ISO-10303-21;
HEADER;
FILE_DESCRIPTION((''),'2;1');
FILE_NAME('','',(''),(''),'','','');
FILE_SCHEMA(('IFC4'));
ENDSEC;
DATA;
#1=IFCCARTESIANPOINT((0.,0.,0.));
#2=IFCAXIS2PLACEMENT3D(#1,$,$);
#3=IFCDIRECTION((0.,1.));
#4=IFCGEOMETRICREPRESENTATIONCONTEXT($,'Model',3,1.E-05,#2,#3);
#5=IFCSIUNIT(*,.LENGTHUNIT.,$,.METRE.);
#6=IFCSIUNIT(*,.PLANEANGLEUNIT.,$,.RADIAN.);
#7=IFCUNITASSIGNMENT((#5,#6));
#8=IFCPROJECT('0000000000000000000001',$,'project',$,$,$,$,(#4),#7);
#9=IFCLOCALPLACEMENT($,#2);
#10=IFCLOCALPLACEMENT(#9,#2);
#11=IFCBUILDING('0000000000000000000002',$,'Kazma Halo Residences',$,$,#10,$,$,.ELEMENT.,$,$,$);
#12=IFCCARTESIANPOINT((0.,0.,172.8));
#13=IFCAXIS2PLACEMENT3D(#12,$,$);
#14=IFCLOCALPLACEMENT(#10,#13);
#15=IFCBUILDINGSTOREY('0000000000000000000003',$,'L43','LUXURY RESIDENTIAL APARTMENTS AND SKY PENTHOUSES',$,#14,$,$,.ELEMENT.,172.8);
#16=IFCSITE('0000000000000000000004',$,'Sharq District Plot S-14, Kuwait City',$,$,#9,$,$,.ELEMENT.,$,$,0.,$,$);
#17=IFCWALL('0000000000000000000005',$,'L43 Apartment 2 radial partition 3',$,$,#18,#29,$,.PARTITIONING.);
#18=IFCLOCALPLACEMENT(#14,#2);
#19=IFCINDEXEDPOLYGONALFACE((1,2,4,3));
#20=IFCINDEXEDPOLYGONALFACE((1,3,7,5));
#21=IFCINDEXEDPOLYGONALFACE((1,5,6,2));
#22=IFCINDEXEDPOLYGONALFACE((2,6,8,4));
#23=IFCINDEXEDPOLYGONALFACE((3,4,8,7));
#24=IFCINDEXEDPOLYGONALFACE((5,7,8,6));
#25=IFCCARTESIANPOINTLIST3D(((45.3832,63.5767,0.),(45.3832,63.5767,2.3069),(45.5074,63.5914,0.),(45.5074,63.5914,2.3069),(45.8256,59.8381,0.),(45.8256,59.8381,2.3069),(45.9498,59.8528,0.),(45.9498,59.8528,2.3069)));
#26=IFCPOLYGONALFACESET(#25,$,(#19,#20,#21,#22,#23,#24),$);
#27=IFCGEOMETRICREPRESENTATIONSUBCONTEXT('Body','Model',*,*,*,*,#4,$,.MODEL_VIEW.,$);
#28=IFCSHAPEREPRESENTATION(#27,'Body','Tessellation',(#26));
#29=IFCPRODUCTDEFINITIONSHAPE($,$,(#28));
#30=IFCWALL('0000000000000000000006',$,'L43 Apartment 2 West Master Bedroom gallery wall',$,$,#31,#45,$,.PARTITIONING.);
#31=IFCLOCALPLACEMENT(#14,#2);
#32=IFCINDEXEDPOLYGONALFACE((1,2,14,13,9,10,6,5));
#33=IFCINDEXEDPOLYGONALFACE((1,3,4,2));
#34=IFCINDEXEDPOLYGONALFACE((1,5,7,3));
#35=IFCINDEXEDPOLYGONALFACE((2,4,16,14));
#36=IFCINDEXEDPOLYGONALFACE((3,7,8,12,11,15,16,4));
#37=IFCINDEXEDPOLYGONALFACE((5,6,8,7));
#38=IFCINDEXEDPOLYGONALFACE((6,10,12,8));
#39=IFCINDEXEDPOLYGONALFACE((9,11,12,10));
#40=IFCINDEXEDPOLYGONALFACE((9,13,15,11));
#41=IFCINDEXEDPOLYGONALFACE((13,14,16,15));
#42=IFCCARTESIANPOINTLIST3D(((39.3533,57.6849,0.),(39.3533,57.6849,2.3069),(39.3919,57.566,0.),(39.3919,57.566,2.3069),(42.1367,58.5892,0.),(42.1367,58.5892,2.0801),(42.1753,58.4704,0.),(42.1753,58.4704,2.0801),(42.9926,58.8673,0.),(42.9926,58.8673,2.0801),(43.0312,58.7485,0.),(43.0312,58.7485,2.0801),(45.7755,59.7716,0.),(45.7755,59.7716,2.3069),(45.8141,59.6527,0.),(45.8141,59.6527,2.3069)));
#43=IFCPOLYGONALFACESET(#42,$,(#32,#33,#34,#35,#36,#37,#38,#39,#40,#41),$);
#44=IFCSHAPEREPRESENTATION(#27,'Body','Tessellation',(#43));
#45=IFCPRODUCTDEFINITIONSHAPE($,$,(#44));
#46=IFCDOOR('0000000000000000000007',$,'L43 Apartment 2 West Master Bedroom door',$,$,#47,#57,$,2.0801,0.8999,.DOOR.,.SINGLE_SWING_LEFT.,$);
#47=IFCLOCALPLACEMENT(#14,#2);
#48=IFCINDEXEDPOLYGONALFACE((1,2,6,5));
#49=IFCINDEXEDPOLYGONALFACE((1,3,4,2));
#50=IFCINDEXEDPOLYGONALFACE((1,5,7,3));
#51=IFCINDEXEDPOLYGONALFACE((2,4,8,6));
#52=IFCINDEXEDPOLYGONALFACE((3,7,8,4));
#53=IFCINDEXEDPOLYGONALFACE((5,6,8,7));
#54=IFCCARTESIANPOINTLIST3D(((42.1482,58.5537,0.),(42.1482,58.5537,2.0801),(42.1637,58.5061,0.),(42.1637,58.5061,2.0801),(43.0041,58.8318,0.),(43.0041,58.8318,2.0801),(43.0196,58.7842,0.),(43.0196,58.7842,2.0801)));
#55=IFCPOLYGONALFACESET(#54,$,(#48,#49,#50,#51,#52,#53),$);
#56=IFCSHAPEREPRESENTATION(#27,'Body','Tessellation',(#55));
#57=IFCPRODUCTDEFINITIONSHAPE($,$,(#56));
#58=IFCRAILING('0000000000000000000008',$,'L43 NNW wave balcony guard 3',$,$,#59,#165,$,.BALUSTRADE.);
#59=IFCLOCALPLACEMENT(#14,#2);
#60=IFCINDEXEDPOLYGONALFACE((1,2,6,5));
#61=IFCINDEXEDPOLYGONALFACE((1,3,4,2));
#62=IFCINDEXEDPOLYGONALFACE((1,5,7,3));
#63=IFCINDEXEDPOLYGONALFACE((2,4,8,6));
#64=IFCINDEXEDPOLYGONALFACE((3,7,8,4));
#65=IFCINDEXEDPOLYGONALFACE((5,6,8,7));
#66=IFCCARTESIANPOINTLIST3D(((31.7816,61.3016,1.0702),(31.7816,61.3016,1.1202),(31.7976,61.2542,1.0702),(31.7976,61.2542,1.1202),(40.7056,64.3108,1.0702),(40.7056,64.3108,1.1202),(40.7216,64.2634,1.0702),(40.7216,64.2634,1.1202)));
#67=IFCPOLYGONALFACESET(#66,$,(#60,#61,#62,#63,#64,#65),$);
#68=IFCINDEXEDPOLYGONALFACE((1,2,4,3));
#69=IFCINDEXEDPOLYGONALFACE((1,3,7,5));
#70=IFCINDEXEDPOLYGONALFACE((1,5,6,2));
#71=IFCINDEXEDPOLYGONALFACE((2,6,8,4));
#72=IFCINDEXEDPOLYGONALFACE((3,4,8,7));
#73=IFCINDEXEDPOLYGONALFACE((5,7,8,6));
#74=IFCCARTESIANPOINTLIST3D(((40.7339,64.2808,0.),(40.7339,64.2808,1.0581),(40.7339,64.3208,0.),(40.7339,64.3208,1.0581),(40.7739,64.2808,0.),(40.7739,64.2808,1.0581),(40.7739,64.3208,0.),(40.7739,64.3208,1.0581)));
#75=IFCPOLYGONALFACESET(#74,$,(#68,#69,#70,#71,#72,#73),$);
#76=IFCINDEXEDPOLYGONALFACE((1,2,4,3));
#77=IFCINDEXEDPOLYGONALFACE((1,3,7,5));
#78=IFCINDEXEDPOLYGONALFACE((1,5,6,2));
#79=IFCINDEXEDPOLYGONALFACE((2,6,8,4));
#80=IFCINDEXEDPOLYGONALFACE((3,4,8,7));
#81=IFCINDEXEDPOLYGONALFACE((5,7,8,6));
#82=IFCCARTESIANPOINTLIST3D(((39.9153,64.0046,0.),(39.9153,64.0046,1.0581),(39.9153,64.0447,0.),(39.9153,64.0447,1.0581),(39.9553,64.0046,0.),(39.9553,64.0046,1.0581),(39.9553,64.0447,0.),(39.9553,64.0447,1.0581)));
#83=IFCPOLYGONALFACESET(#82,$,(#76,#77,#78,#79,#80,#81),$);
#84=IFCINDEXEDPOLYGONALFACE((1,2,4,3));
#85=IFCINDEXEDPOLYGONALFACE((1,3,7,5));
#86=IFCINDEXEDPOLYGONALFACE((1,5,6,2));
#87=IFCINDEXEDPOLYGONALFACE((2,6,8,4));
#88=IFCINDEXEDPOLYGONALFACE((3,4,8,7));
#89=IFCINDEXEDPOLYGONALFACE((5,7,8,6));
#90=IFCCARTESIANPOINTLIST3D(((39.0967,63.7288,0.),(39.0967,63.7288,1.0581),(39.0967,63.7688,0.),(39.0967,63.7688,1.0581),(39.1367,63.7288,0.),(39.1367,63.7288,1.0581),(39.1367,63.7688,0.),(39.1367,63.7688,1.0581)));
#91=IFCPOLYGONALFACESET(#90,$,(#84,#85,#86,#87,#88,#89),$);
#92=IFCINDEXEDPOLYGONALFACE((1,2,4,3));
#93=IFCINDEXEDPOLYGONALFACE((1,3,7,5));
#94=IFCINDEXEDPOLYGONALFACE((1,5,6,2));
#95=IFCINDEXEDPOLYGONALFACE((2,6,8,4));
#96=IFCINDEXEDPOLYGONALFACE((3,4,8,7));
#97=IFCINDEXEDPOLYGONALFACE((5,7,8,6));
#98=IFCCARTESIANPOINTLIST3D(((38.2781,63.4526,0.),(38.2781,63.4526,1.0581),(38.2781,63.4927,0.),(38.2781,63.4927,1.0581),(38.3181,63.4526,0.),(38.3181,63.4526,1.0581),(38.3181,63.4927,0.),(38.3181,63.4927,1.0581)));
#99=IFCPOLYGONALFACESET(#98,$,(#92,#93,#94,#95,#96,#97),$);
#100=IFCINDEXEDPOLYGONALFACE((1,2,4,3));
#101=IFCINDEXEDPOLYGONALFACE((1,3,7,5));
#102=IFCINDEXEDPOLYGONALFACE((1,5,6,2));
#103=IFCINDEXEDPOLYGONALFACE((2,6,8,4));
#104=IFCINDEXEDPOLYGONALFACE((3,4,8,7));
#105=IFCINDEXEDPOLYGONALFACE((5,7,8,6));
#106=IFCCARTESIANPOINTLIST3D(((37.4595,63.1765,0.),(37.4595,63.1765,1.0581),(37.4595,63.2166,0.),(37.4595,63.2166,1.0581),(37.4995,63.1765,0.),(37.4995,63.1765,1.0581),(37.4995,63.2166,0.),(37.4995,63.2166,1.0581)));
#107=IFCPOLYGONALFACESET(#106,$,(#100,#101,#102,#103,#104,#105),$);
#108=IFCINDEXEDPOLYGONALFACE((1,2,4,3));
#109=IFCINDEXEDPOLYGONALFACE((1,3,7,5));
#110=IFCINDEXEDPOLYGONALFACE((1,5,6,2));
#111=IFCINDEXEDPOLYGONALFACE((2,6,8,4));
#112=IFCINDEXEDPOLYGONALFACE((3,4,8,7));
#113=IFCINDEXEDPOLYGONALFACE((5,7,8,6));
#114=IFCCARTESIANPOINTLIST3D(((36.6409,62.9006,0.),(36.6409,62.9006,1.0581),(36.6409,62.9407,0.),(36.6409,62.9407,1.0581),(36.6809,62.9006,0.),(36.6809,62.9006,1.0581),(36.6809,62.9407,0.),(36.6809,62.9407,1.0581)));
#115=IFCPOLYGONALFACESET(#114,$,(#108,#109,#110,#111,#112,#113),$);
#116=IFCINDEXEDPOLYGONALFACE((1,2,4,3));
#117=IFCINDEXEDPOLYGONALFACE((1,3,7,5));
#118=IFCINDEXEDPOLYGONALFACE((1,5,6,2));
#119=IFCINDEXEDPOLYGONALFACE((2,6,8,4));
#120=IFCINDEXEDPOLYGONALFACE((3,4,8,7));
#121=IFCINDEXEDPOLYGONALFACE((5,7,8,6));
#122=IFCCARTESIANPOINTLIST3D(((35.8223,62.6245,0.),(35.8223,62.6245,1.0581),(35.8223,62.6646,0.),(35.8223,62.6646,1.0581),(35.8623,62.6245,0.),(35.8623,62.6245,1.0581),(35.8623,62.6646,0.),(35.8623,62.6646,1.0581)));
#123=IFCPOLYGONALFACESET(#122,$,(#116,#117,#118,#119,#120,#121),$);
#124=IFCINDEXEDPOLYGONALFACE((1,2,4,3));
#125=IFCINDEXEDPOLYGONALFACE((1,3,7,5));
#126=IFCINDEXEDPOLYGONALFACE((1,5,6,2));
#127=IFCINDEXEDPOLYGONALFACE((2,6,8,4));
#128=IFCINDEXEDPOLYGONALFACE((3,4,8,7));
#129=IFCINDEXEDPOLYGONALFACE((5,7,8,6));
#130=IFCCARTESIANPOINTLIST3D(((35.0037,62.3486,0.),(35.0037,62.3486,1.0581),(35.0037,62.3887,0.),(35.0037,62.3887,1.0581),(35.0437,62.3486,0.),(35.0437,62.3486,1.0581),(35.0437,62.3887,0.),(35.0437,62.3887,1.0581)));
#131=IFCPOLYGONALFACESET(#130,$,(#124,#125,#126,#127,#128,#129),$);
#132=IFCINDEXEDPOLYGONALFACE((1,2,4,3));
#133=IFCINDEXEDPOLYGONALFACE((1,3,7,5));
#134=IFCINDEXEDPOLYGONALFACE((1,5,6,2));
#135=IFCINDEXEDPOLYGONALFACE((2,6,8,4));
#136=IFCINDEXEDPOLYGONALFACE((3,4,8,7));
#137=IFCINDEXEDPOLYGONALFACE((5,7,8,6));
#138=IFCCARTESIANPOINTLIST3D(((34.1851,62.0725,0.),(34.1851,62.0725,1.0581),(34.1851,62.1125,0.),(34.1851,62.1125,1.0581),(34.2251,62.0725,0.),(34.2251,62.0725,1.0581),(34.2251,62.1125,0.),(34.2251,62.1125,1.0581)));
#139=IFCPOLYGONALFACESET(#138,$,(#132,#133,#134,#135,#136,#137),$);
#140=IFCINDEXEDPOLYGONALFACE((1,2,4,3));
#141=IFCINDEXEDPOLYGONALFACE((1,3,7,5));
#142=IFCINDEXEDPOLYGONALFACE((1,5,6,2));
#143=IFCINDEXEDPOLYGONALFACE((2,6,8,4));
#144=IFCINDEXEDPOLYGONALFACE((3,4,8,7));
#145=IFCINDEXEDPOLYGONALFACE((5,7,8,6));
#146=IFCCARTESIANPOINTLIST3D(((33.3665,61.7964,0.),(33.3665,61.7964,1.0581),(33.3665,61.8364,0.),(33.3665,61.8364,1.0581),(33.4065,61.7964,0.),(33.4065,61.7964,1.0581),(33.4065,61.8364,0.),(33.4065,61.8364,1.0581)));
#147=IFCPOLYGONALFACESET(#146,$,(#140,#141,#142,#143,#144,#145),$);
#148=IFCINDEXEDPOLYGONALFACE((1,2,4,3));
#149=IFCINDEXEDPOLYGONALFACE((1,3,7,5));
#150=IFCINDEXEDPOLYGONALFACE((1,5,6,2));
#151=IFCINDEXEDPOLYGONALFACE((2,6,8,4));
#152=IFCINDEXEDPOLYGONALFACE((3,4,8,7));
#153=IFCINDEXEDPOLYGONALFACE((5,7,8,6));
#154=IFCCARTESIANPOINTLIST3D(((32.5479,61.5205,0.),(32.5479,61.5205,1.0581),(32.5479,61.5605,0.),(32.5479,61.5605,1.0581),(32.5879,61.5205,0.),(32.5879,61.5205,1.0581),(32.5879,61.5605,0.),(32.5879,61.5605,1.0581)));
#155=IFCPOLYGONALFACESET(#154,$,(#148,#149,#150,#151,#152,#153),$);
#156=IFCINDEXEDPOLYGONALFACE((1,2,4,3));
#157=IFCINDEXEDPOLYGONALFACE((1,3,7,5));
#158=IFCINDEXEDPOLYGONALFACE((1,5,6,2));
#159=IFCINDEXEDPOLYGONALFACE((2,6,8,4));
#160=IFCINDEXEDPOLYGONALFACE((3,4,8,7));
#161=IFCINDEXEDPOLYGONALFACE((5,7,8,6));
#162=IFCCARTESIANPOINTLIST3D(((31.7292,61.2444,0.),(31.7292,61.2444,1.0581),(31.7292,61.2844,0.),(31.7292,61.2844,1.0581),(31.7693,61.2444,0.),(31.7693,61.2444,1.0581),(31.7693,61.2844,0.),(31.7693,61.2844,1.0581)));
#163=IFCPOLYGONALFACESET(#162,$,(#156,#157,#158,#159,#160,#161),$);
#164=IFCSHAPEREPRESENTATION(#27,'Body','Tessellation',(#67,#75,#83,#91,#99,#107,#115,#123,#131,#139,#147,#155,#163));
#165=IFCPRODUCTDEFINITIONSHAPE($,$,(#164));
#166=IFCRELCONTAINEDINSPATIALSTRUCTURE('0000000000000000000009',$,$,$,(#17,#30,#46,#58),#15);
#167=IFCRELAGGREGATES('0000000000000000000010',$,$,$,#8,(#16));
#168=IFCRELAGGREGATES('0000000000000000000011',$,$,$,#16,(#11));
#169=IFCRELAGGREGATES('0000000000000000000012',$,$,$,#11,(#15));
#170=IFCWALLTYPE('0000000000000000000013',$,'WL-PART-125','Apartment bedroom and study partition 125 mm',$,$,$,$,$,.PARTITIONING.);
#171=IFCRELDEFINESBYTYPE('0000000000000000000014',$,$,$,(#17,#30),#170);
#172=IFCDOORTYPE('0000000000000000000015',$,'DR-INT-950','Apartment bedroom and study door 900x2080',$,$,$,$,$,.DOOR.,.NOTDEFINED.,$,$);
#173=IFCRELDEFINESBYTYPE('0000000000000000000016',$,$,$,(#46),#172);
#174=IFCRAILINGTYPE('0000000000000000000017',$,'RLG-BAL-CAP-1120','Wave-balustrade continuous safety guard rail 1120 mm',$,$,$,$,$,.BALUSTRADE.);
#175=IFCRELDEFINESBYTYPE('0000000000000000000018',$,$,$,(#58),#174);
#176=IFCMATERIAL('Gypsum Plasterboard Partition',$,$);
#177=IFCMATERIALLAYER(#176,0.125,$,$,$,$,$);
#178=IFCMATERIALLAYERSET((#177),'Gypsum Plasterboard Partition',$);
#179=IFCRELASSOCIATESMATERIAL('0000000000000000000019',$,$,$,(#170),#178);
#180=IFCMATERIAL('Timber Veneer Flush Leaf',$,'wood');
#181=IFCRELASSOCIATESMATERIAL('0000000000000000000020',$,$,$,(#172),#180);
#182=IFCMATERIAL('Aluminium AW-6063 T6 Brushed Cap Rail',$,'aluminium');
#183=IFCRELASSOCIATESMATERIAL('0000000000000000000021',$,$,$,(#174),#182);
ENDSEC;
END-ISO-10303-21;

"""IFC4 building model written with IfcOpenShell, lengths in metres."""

from ifc_helpers import new_model, si_unit, direction, frame, frame_2d, origin, origin_2d, place, context, subcontext, project, spatial, rectangle, extrude, material, layer, layer_set, type_object, element, fill, save


model = new_model("IFC4")

# Units and contexts
model_context = context("Model", 3, precision=1e-05, world=origin(), true_north=direction((0.0, 1.0)))
body_context = subcontext(model_context, "Body", "Model", "MODEL_VIEW")
ifc_project = project(units=[si_unit("LENGTHUNIT", "METRE"), si_unit("PLANEANGLEUNIT", "RADIAN")], contexts=[model_context])

# Site, building, storey
site_placement = place(None, origin())
site = spatial("IfcSite", under=ifc_project, at=site_placement, Name="Sharq District Plot S-14, Kuwait City", CompositionType="ELEMENT", RefElevation=0.0)
building_placement = place(site_placement, origin())
building = spatial("IfcBuilding", under=site, at=building_placement, Name="Kazma Halo Residences", CompositionType="ELEMENT")
storey_placement = place(building_placement, frame((0.0, 0.0, 172.8)))
storey = spatial("IfcBuildingStorey", under=building, at=storey_placement, Name="L43", Description="LUXURY RESIDENTIAL APARTMENTS AND SKY PENTHOUSES", CompositionType="ELEMENT", Elevation=172.8)

# Wall
ifc_material_1 = material(Name="Gypsum Plasterboard Partition")
ifc_layer_1 = layer(ifc_material_1, 0.125)
ifc_layer_set_1 = layer_set([ifc_layer_1], Name="Gypsum Plasterboard Partition")
wall_type_1 = type_object("IfcWallType", Name="WL-PART-125", Description="Apartment bedroom and study partition 125 mm", PredefinedType="PARTITIONING", material=ifc_layer_set_1)
wall_1_placement = place(storey_placement, frame((45.8877, 59.8455, 0.0), z_axis=(0.0, 0.0, 1.0), x_axis=(-0.117511, 0.993072, 0.0)))
element("IfcWall", 1, at=wall_1_placement, inside=storey, type_object=wall_type_1, Name="L43 Apartment 2 radial partition 3", PredefinedType="PARTITIONING", context=body_context, shape_type="SweptSolid", body=[
    extrude(rectangle(XDim=3.7646, YDim=0.125, at=frame_2d((1.8823, 0.0))), origin(), (0.0, 0.0, 1.0), 2.3069),
])

# Wall, opening, door
wall_2_placement = place(storey_placement, frame((45.7949, 59.7122, 0.0), z_axis=(0.0, 0.0, 1.0), x_axis=(-0.951057, -0.309017, 0.0)))
wall_2 = element("IfcWall", 2, at=wall_2_placement, inside=storey, type_object=wall_type_1, Name="L43 Apartment 2 West Master Bedroom gallery wall", PredefinedType="PARTITIONING", context=body_context, shape_type="SweptSolid", body=[
    extrude(rectangle(XDim=6.7527, YDim=0.125, at=frame_2d((3.3765, 0.0))), origin(), (0.0, 0.0, 1.0), 2.3069),
])
opening_1_placement = place(wall_2_placement, frame((2.9263, 0.0, 0.0)))
opening_1 = element("IfcOpeningElement", 3, at=opening_1_placement, cuts=wall_2, PredefinedType="OPENING", context=body_context, shape_type="SweptSolid", body=[
    extrude(rectangle(XDim=0.8999, YDim=2.0801, at=frame_2d((0.45, 1.04))), frame((0.0, 0.0725, 0.0), z_axis=(0.0, -1.0, 0.0), x_axis=(1.0, 0.0, 0.0)), (0.0, 0.0, 1.0), 0.145),
])
ifc_material_2 = material(Name="Timber Veneer Flush Leaf", Category="wood")
door_type_1 = type_object("IfcDoorType", Name="DR-INT-950", Description="Apartment bedroom and study door 900x2080", OperationType="NOTDEFINED", PredefinedType="DOOR", material=ifc_material_2)
door_1_placement = place(opening_1_placement, origin())
door_1 = element("IfcDoor", 4, at=door_1_placement, inside=storey, type_object=door_type_1, Name="L43 Apartment 2 West Master Bedroom door", OperationType="SINGLE_SWING_LEFT", OverallHeight=2.0801, OverallWidth=0.8999, PredefinedType="DOOR", context=body_context, shape_type="SweptSolid", body=[
    extrude(rectangle(XDim=0.8999, YDim=2.0801, at=frame_2d((0.45, 1.04))), frame((0.0, 0.0249, 0.0), z_axis=(0.0, -1.0, 0.0), x_axis=(1.0, 0.0, 0.0)), (0.0, 0.0, 1.0), 0.05),
])
fill(opening_1, door_1)

# Railing
ifc_material_3 = material(Name="Aluminium AW-6063 T6 Brushed Cap Rail", Category="aluminium")
railing_type = type_object("IfcRailingType", Name="RLG-BAL-CAP-1120", Description="Wave-balustrade continuous safety guard rail 1120 mm", PredefinedType="BALUSTRADE", material=ifc_material_3)
railing_placement = place(storey_placement, frame((40.7539, 64.3008, 0.0)))
element("IfcRailing", 5, at=railing_placement, inside=storey, type_object=railing_type, Name="L43 NNW wave balcony guard 3", PredefinedType="BALUSTRADE", context=body_context, shape_type="SweptSolid", body=[
    extrude(rectangle(XDim=0.05, YDim=0.05, at=origin_2d()), frame((-0.0403, -0.0137, 1.0952), z_axis=(-0.947578, -0.319525, 0.0), x_axis=(0.319525, -0.947578, 0.0)), (0.0, 0.0, 1.0), 9.4177),
    extrude(rectangle(XDim=0.04, YDim=0.04, at=origin_2d()), origin(), (0.0, 0.0, 1.0), 1.0581),
    extrude(rectangle(XDim=0.04, YDim=0.04, at=origin_2d()), frame((-0.8186, -0.2761, 0.0)), (0.0, 0.0, 1.0), 1.0581),
    extrude(rectangle(XDim=0.04, YDim=0.04, at=origin_2d()), frame((-1.6372, -0.552, 0.0)), (0.0, 0.0, 1.0), 1.0581),
    extrude(rectangle(XDim=0.04, YDim=0.04, at=origin_2d()), frame((-2.4558, -0.8281, 0.0)), (0.0, 0.0, 1.0), 1.0581),
    extrude(rectangle(XDim=0.04, YDim=0.04, at=origin_2d()), frame((-3.2744, -1.1042, 0.0)), (0.0, 0.0, 1.0), 1.0581),
    extrude(rectangle(XDim=0.04, YDim=0.04, at=origin_2d()), frame((-4.093, -1.3801, 0.0)), (0.0, 0.0, 1.0), 1.0581),
    extrude(rectangle(XDim=0.04, YDim=0.04, at=origin_2d()), frame((-4.9116, -1.6562, 0.0)), (0.0, 0.0, 1.0), 1.0581),
    extrude(rectangle(XDim=0.04, YDim=0.04, at=origin_2d()), frame((-5.7302, -1.9321, 0.0)), (0.0, 0.0, 1.0), 1.0581),
    extrude(rectangle(XDim=0.04, YDim=0.04, at=origin_2d()), frame((-6.5488, -2.2083, 0.0)), (0.0, 0.0, 1.0), 1.0581),
    extrude(rectangle(XDim=0.04, YDim=0.04, at=origin_2d()), frame((-7.3674, -2.4844, 0.0)), (0.0, 0.0, 1.0), 1.0581),
    extrude(rectangle(XDim=0.04, YDim=0.04, at=origin_2d()), frame((-8.186, -2.7603, 0.0)), (0.0, 0.0, 1.0), 1.0581),
    extrude(rectangle(XDim=0.04, YDim=0.04, at=origin_2d()), frame((-9.0046, -3.0364, 0.0)), (0.0, 0.0, 1.0), 1.0581),
])

save(model, "model.ifc")
